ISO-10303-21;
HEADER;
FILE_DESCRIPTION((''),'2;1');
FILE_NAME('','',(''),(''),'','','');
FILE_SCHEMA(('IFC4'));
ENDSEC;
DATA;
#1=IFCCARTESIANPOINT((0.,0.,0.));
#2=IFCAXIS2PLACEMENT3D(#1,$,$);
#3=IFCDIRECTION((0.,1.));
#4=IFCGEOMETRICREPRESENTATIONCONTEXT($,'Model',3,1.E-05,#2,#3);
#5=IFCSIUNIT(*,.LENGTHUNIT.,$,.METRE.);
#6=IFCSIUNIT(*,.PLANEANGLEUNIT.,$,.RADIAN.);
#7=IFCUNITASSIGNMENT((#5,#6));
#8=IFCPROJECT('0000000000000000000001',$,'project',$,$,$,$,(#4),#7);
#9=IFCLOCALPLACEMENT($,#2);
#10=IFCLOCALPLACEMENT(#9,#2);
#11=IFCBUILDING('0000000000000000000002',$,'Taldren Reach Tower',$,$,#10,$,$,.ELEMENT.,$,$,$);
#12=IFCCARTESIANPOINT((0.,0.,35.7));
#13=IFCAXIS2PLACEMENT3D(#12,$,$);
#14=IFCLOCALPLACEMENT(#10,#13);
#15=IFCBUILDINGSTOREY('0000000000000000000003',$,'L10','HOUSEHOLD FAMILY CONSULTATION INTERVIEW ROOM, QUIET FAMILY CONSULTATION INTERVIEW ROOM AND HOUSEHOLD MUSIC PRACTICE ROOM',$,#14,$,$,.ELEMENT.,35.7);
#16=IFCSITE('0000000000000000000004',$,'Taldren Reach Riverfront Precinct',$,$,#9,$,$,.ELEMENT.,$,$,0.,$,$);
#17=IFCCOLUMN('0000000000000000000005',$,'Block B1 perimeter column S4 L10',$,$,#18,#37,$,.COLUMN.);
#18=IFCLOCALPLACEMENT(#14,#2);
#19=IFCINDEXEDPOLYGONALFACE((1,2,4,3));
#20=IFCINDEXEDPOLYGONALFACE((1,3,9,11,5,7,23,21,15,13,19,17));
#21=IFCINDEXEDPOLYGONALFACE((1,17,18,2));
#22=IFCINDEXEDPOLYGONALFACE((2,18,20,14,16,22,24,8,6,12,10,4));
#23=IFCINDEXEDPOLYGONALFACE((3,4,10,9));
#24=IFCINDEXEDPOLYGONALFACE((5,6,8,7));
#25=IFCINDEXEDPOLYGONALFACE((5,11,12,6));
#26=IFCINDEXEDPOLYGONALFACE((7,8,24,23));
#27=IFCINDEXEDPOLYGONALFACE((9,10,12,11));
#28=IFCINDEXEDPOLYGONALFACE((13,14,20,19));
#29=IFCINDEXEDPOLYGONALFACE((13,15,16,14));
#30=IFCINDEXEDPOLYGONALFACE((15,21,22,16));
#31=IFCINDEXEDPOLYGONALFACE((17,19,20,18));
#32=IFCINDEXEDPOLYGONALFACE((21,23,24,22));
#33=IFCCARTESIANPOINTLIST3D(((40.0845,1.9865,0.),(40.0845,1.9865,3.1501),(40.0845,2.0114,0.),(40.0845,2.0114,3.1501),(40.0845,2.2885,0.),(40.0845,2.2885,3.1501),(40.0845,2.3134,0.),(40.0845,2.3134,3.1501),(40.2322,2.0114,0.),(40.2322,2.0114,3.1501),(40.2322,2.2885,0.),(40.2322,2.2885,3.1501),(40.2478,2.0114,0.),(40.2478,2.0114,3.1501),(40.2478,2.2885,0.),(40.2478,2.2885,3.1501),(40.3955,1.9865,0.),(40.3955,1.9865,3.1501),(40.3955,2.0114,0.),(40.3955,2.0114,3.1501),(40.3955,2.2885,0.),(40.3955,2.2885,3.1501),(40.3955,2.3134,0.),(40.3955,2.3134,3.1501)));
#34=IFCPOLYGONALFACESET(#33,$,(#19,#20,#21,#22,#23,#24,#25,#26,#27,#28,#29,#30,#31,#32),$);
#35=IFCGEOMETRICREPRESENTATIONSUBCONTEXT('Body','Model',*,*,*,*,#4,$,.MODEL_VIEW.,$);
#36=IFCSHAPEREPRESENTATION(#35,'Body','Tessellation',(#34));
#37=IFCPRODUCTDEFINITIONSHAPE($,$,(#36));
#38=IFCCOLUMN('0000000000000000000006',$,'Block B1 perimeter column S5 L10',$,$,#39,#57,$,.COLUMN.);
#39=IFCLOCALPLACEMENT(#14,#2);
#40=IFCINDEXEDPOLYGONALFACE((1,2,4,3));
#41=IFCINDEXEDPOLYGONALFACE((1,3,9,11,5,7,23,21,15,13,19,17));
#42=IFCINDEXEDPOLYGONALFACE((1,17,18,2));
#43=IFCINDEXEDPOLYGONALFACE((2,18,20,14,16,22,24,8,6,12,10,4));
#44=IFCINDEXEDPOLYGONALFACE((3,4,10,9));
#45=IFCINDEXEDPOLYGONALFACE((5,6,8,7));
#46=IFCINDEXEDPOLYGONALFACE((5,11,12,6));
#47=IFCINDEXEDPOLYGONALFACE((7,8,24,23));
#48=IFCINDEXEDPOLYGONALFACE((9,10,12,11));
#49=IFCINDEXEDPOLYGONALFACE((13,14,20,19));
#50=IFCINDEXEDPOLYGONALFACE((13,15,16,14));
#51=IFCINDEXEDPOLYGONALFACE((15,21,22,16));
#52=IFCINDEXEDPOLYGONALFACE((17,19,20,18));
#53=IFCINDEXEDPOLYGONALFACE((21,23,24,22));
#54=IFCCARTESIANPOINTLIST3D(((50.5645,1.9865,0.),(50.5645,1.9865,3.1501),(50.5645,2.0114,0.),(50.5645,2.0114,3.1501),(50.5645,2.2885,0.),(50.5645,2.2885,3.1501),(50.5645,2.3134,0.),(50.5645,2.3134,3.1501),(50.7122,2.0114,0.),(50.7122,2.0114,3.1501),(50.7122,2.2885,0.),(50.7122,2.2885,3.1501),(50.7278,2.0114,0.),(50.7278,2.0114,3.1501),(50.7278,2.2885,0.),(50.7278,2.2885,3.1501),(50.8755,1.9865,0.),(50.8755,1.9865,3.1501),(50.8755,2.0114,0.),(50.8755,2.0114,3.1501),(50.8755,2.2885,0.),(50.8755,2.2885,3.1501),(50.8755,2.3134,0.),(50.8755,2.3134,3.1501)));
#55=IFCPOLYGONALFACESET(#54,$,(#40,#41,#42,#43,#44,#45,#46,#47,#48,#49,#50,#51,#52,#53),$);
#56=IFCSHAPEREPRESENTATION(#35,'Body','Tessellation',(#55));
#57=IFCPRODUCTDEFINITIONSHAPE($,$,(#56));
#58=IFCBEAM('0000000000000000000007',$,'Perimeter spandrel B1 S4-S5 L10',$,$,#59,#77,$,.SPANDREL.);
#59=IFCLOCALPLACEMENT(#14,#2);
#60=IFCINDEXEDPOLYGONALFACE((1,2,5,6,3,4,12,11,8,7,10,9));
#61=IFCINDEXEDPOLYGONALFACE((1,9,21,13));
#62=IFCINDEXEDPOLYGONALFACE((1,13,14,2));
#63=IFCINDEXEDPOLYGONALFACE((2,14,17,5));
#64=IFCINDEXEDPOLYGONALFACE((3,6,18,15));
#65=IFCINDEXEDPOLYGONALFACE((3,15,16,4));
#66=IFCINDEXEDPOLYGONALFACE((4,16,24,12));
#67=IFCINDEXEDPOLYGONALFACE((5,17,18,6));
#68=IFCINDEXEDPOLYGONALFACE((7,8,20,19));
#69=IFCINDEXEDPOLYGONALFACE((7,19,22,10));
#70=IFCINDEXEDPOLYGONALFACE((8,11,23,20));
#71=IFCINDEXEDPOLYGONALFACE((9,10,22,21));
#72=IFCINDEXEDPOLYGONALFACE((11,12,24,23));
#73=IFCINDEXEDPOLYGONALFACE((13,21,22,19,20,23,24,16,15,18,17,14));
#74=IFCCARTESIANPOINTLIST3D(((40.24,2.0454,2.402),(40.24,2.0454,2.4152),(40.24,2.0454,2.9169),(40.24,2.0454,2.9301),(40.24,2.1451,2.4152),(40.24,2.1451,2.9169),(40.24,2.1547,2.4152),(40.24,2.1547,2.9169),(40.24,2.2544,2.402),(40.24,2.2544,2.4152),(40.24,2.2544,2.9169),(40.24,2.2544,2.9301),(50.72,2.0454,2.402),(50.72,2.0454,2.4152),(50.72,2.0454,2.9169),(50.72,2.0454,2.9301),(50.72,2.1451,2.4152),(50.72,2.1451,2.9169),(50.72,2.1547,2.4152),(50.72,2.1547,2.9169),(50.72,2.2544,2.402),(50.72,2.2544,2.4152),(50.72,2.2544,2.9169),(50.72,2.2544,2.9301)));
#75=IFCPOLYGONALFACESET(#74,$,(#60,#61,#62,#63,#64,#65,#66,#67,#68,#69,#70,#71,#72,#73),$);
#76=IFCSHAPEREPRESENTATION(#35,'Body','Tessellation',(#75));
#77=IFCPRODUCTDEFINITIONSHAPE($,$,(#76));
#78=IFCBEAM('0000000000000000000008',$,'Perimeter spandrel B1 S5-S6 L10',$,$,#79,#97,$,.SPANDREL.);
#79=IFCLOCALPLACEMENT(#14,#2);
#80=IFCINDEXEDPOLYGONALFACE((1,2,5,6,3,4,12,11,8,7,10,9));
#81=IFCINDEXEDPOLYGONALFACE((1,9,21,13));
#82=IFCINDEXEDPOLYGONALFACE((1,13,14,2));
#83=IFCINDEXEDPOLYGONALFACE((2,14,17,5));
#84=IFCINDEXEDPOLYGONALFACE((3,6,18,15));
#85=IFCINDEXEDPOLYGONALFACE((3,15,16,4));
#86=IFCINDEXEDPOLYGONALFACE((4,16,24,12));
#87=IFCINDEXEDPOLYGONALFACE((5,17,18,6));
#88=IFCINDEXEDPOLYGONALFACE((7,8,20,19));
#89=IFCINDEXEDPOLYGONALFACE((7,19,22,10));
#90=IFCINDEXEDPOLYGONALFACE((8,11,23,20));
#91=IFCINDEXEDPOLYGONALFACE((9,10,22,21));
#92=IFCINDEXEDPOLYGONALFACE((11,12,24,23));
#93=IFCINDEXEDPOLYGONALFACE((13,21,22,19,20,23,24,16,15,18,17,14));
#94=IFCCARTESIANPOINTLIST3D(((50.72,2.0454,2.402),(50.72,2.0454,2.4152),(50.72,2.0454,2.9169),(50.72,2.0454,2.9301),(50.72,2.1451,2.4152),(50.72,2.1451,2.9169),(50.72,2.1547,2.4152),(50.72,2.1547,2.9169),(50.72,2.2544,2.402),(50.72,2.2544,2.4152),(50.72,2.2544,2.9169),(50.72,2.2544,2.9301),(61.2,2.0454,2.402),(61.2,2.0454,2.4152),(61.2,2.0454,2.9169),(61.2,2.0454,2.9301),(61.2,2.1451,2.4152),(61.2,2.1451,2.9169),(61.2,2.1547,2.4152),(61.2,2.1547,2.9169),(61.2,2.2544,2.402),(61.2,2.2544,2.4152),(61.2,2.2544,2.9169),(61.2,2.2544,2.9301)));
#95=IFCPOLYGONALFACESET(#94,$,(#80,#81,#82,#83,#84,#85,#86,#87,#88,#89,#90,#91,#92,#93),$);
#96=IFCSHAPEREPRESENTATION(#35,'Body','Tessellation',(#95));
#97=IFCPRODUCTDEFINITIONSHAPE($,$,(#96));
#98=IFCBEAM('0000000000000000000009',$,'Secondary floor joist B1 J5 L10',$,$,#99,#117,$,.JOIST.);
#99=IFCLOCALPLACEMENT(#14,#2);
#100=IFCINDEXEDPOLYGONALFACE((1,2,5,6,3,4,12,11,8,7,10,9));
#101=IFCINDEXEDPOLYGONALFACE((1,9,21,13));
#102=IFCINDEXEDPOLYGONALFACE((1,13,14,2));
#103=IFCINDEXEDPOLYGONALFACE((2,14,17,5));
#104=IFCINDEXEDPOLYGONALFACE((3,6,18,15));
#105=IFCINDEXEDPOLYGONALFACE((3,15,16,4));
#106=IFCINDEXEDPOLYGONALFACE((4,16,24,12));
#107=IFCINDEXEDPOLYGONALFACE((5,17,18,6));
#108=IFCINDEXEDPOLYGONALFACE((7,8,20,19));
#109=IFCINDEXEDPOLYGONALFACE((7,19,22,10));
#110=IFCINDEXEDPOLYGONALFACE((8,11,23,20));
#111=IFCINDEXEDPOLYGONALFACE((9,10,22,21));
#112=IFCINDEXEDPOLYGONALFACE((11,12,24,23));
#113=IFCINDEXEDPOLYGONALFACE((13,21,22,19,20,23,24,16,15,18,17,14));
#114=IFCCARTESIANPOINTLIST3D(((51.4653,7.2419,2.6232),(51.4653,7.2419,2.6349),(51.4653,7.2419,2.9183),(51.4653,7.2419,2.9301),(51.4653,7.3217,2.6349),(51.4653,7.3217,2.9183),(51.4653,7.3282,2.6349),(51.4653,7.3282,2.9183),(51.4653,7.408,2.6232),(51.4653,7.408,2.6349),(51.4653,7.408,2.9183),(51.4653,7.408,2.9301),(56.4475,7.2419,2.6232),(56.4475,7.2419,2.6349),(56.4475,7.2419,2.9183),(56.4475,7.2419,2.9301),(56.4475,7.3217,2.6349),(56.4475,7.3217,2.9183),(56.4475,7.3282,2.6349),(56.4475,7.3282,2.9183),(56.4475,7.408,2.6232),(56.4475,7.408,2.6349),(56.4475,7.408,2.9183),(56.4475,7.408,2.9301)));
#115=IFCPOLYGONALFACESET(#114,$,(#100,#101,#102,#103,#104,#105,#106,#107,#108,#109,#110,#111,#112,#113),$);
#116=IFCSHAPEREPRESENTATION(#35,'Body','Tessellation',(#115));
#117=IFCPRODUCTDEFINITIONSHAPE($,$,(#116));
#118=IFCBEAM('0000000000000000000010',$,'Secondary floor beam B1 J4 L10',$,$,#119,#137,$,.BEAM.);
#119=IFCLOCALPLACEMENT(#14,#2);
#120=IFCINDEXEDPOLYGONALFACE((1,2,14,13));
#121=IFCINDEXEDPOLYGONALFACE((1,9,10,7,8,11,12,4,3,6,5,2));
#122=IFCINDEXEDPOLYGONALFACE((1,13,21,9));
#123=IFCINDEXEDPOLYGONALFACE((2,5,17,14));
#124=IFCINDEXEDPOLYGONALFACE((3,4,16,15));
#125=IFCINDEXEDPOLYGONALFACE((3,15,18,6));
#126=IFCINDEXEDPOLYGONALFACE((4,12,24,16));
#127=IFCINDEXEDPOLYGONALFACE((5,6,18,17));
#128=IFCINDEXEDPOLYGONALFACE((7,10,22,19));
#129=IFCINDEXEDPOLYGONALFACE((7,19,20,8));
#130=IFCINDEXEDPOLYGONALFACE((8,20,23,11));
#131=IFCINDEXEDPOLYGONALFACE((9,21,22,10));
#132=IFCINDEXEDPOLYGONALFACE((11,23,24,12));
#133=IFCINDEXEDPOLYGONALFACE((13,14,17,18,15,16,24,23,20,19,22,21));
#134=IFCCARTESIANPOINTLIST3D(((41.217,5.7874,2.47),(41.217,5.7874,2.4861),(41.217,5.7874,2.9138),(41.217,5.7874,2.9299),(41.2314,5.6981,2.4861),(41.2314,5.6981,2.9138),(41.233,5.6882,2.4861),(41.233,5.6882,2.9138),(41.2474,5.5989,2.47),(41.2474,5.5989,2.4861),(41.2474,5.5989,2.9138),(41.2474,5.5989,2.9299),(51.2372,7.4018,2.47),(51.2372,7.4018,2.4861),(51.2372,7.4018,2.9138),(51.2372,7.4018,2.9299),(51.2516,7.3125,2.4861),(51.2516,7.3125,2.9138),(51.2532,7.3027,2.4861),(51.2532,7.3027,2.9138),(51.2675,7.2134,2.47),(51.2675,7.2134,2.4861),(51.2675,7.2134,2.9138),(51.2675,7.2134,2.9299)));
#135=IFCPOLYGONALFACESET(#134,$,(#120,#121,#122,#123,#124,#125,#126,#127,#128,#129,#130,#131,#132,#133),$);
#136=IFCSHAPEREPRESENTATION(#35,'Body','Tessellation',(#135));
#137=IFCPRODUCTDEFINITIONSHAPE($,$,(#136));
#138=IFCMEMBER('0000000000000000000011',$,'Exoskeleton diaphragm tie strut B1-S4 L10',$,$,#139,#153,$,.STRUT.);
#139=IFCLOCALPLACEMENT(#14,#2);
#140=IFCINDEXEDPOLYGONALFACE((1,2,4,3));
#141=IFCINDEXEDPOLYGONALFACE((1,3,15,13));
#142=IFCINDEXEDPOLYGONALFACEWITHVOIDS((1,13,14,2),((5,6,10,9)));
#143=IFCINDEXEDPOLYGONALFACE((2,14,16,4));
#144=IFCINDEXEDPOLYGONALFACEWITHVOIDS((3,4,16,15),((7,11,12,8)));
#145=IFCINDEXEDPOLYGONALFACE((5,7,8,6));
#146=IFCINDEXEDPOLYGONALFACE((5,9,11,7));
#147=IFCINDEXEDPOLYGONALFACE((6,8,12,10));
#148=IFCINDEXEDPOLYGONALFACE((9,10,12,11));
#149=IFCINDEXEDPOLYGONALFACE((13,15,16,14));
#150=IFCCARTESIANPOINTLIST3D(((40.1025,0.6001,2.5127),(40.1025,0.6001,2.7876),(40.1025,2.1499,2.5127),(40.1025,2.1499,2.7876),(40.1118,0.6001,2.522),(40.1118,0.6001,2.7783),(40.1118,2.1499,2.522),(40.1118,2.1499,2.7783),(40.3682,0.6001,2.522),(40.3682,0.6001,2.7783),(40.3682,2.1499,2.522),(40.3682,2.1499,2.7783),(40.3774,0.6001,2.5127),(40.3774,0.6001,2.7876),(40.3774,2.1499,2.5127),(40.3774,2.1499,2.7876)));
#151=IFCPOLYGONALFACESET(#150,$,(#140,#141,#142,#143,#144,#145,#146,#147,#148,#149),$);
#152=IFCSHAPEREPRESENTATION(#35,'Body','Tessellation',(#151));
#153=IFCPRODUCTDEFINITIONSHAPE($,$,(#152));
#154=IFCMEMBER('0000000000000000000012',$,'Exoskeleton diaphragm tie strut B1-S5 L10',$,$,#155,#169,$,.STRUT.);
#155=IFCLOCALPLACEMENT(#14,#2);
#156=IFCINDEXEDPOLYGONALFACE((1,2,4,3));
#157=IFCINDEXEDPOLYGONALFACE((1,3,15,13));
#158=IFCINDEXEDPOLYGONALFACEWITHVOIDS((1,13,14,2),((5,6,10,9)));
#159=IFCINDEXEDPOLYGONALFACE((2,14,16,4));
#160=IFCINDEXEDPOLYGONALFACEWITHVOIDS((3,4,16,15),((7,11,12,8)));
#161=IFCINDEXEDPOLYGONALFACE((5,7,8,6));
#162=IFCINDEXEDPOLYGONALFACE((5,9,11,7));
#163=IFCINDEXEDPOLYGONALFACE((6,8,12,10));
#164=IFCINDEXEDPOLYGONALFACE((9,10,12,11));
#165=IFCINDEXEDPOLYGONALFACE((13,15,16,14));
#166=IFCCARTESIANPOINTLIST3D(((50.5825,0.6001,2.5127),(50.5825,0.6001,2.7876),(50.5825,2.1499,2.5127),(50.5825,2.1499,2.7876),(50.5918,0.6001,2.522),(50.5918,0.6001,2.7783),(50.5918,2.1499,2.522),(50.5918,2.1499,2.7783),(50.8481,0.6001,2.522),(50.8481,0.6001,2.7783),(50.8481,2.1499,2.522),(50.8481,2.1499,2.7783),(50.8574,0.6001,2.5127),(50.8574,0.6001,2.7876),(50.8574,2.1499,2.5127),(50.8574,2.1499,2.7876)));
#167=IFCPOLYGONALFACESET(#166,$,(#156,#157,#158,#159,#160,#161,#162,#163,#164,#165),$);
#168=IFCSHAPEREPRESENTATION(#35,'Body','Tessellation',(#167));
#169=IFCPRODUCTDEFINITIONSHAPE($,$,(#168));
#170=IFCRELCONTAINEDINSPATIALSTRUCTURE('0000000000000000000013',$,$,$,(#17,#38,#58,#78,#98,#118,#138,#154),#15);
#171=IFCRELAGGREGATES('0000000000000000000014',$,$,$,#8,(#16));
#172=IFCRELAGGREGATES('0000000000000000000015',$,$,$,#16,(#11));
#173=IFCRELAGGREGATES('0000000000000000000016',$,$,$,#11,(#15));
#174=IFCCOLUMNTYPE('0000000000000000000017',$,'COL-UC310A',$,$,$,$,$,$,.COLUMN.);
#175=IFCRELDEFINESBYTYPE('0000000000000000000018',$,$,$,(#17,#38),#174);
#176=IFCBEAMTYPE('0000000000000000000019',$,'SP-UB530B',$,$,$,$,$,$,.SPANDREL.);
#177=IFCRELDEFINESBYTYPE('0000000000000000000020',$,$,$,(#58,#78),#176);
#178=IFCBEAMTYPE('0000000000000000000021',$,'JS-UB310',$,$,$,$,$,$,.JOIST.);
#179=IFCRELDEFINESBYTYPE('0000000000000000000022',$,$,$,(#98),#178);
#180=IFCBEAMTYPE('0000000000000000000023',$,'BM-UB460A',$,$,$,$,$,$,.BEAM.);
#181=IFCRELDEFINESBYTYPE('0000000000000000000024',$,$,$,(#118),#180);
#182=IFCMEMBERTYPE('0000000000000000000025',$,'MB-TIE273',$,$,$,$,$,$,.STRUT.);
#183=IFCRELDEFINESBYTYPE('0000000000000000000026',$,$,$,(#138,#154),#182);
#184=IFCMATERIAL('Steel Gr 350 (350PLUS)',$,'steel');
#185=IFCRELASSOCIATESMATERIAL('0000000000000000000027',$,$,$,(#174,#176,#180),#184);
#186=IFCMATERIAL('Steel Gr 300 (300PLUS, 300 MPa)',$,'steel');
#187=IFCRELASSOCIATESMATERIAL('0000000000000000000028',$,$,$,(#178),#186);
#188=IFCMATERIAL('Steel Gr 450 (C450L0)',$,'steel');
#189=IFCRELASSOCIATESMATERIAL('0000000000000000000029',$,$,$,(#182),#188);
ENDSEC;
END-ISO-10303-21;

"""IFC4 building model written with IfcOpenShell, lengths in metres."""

from ifc_helpers import new_model, si_unit, direction, frame, origin, origin_2d, place, context, subcontext, project, spatial, hollow_rectangle, i_section, extrude, source, transform, mapped, material, material_profile, profile_set, type_object, element, save


model = new_model("IFC4")

# Units and contexts
model_context = context("Model", 3, precision=1e-05, world=origin(), true_north=direction((0.0, 1.0)))
body_context = subcontext(model_context, "Body", "Model", "MODEL_VIEW")
ifc_project = project(units=[si_unit("LENGTHUNIT", "METRE"), si_unit("PLANEANGLEUNIT", "RADIAN")], contexts=[model_context])

# Site, building, storey
site_placement = place(None, origin())
site = spatial("IfcSite", under=ifc_project, at=site_placement, Name="Taldren Reach Riverfront Precinct", CompositionType="ELEMENT", RefElevation=0.0)
building_placement = place(site_placement, origin())
building = spatial("IfcBuilding", under=site, at=building_placement, Name="Taldren Reach Tower", CompositionType="ELEMENT")
storey_placement = place(building_placement, frame((0.0, 0.0, 35.7)))
storey = spatial("IfcBuildingStorey", under=building, at=storey_placement, Name="L10", Description="HOUSEHOLD FAMILY CONSULTATION INTERVIEW ROOM, QUIET FAMILY CONSULTATION INTERVIEW ROOM AND HOUSEHOLD MUSIC PRACTICE ROOM", CompositionType="ELEMENT", Elevation=35.7)

# Columns
ifc_material_1 = material(Name="Steel Gr 350 (350PLUS)", Category="steel")
ifc_material_profile_1 = material_profile(ifc_material_1, i_section(OverallWidth=0.311, OverallDepth=0.3269, WebThickness=0.0156, FlangeThickness=0.0249, at=origin_2d()), Name="310UC158")
ifc_profile_set_1 = profile_set([ifc_material_profile_1], Name="Steel Gr 350 (350PLUS)")
column_type = type_object("IfcColumnType", Name="COL-UC310A", PredefinedType="COLUMN", material=ifc_profile_set_1)
shared_shape_1 = source(origin(), body_context, "Body", "SweptSolid", [
    extrude(i_section(OverallWidth=0.311, OverallDepth=0.3269, WebThickness=0.0156, FlangeThickness=0.0249, at=origin_2d()), origin(), (0.0, 0.0, 1.0), 3.1501),
])
for number, where, z_axis, x_axis, name in (
    (1, (40.24, 2.1499, 0.0), (0.0, 0.0, 1.0), (1.0, 0.0, 0.0), "Block B1 perimeter column S4 L10"),
    (2, (50.72, 2.1499, 0.0), (0.0, 0.0, 1.0), (1.0, 0.0, 0.0), "Block B1 perimeter column S5 L10"),
):
    element("IfcColumn", number, at=place(storey_placement, frame(where, z_axis=z_axis, x_axis=x_axis)), inside=storey, type_object=column_type, Name=name, PredefinedType="COLUMN", context=body_context, shape_type="MappedRepresentation", body=[
        mapped(shared_shape_1, transform((0.0, 0.0, 0.0), scale=1.0)),
    ])

# Beams
ifc_material_profile_2 = material_profile(ifc_material_1, i_section(OverallWidth=0.209, OverallDepth=0.5281, WebThickness=0.0095, FlangeThickness=0.0132, at=origin_2d()), Name="530UB82.0")
ifc_profile_set_2 = profile_set([ifc_material_profile_2], Name="Steel Gr 350 (350PLUS)")
beam_type_1 = type_object("IfcBeamType", Name="SP-UB530B", PredefinedType="SPANDREL", material=ifc_profile_set_2)
shared_shape_2 = source(origin(), body_context, "Body", "SweptSolid", [
    extrude(i_section(OverallWidth=0.209, OverallDepth=0.5281, WebThickness=0.0095, FlangeThickness=0.0132, at=origin_2d()), origin(), (0.0, 0.0, 1.0), 10.48),
])
for number, where, z_axis, x_axis, name in (
    (3, (40.24, 2.1499, 2.666), (1.0, 0.0, 0.0), (0.0, 1.0, 0.0), "Perimeter spandrel B1 S4-S5 L10"),
    (4, (50.72, 2.1499, 2.666), (1.0, 0.0, 0.0), (0.0, 1.0, 0.0), "Perimeter spandrel B1 S5-S6 L10"),
):
    element("IfcBeam", number, at=place(storey_placement, frame(where, z_axis=z_axis, x_axis=x_axis)), inside=storey, type_object=beam_type_1, Name=name, PredefinedType="SPANDREL", context=body_context, shape_type="MappedRepresentation", body=[
        mapped(shared_shape_2, transform((0.0, 0.0, 0.0), scale=1.0)),
    ])
ifc_material_2 = material(Name="Steel Gr 300 (300PLUS, 300 MPa)", Category="steel")
ifc_material_profile_3 = material_profile(ifc_material_2, i_section(OverallWidth=0.166, OverallDepth=0.3069, WebThickness=0.0066, FlangeThickness=0.0117, at=origin_2d()), Name="310UB46.2")
ifc_profile_set_3 = profile_set([ifc_material_profile_3], Name="Steel Gr 300 (300PLUS, 300 MPa)")
beam_type_2 = type_object("IfcBeamType", Name="JS-UB310", PredefinedType="JOIST", material=ifc_profile_set_3)
shared_shape_3 = source(origin(), body_context, "Body", "SweptSolid", [
    extrude(i_section(OverallWidth=0.166, OverallDepth=0.3069, WebThickness=0.0066, FlangeThickness=0.0117, at=origin_2d()), origin(), (0.0, 0.0, 1.0), 4.9822),
])
beam_1_placement = place(storey_placement, frame((51.4653, 7.325, 2.7766), z_axis=(1.0, 0.0, 0.0), x_axis=(0.0, 1.0, 0.0)))
element("IfcBeam", 5, at=beam_1_placement, inside=storey, type_object=beam_type_2, Name="Secondary floor joist B1 J5 L10", PredefinedType="JOIST", context=body_context, shape_type="MappedRepresentation", body=[
    mapped(shared_shape_3, transform((0.0, 0.0, 0.0), scale=1.0)),
])
ifc_material_profile_4 = material_profile(ifc_material_1, i_section(OverallWidth=0.1909, OverallDepth=0.46, WebThickness=0.01, FlangeThickness=0.0161, at=origin_2d()), Name="460UB82.1")
ifc_profile_set_4 = profile_set([ifc_material_profile_4], Name="Steel Gr 350 (350PLUS)")
beam_type_3 = type_object("IfcBeamType", Name="BM-UB460A", PredefinedType="BEAM", material=ifc_profile_set_4)
shared_shape_4 = source(origin(), body_context, "Body", "SweptSolid", [
    extrude(i_section(OverallWidth=0.1909, OverallDepth=0.46, WebThickness=0.01, FlangeThickness=0.0161, at=origin_2d()), origin(), (0.0, 0.0, 1.0), 10.1494),
])
beam_2_placement = place(storey_placement, frame((41.2322, 5.6931, 2.7), z_axis=(0.987267, 0.159072, 0.0), x_axis=(-0.159072, 0.987267, 0.0)))
element("IfcBeam", 6, at=beam_2_placement, inside=storey, type_object=beam_type_3, Name="Secondary floor beam B1 J4 L10", PredefinedType="BEAM", context=body_context, shape_type="MappedRepresentation", body=[
    mapped(shared_shape_4, transform((0.0, 0.0, 0.0), scale=1.0)),
])

# Members
ifc_material_3 = material(Name="Steel Gr 450 (C450L0)", Category="steel")
ifc_material_profile_5 = material_profile(ifc_material_3, hollow_rectangle(XDim=0.2749, YDim=0.2749, WallThickness=0.0093, at=origin_2d()), Name="275x275x9.3SHS")
ifc_profile_set_5 = profile_set([ifc_material_profile_5], Name="Steel Gr 450 (C450L0)")
member_type_1 = type_object("IfcMemberType", Name="MB-TIE273", PredefinedType="STRUT", material=ifc_profile_set_5)
shared_shape_5 = source(origin(), body_context, "Body", "SweptSolid", [
    extrude(hollow_rectangle(XDim=0.2749, YDim=0.2749, WallThickness=0.0093, at=origin_2d()), origin(), (0.0, 0.0, 1.0), 1.5498),
])
for number, where, z_axis, x_axis, name in (
    (7, (40.24, 2.1499, 2.6501), (0.0, -1.0, 0.0), (1.0, 0.0, 0.0), "Exoskeleton diaphragm tie strut B1-S4 L10"),
    (8, (50.72, 2.1499, 2.6501), (0.0, -1.0, 0.0), (1.0, 0.0, 0.0), "Exoskeleton diaphragm tie strut B1-S5 L10"),
):
    element("IfcMember", number, at=place(storey_placement, frame(where, z_axis=z_axis, x_axis=x_axis)), inside=storey, type_object=member_type_1, Name=name, PredefinedType="STRUT", context=body_context, shape_type="MappedRepresentation", body=[
        mapped(shared_shape_5, transform((0.0, 0.0, 0.0), scale=1.0)),
    ])

save(model, "model.ifc")
